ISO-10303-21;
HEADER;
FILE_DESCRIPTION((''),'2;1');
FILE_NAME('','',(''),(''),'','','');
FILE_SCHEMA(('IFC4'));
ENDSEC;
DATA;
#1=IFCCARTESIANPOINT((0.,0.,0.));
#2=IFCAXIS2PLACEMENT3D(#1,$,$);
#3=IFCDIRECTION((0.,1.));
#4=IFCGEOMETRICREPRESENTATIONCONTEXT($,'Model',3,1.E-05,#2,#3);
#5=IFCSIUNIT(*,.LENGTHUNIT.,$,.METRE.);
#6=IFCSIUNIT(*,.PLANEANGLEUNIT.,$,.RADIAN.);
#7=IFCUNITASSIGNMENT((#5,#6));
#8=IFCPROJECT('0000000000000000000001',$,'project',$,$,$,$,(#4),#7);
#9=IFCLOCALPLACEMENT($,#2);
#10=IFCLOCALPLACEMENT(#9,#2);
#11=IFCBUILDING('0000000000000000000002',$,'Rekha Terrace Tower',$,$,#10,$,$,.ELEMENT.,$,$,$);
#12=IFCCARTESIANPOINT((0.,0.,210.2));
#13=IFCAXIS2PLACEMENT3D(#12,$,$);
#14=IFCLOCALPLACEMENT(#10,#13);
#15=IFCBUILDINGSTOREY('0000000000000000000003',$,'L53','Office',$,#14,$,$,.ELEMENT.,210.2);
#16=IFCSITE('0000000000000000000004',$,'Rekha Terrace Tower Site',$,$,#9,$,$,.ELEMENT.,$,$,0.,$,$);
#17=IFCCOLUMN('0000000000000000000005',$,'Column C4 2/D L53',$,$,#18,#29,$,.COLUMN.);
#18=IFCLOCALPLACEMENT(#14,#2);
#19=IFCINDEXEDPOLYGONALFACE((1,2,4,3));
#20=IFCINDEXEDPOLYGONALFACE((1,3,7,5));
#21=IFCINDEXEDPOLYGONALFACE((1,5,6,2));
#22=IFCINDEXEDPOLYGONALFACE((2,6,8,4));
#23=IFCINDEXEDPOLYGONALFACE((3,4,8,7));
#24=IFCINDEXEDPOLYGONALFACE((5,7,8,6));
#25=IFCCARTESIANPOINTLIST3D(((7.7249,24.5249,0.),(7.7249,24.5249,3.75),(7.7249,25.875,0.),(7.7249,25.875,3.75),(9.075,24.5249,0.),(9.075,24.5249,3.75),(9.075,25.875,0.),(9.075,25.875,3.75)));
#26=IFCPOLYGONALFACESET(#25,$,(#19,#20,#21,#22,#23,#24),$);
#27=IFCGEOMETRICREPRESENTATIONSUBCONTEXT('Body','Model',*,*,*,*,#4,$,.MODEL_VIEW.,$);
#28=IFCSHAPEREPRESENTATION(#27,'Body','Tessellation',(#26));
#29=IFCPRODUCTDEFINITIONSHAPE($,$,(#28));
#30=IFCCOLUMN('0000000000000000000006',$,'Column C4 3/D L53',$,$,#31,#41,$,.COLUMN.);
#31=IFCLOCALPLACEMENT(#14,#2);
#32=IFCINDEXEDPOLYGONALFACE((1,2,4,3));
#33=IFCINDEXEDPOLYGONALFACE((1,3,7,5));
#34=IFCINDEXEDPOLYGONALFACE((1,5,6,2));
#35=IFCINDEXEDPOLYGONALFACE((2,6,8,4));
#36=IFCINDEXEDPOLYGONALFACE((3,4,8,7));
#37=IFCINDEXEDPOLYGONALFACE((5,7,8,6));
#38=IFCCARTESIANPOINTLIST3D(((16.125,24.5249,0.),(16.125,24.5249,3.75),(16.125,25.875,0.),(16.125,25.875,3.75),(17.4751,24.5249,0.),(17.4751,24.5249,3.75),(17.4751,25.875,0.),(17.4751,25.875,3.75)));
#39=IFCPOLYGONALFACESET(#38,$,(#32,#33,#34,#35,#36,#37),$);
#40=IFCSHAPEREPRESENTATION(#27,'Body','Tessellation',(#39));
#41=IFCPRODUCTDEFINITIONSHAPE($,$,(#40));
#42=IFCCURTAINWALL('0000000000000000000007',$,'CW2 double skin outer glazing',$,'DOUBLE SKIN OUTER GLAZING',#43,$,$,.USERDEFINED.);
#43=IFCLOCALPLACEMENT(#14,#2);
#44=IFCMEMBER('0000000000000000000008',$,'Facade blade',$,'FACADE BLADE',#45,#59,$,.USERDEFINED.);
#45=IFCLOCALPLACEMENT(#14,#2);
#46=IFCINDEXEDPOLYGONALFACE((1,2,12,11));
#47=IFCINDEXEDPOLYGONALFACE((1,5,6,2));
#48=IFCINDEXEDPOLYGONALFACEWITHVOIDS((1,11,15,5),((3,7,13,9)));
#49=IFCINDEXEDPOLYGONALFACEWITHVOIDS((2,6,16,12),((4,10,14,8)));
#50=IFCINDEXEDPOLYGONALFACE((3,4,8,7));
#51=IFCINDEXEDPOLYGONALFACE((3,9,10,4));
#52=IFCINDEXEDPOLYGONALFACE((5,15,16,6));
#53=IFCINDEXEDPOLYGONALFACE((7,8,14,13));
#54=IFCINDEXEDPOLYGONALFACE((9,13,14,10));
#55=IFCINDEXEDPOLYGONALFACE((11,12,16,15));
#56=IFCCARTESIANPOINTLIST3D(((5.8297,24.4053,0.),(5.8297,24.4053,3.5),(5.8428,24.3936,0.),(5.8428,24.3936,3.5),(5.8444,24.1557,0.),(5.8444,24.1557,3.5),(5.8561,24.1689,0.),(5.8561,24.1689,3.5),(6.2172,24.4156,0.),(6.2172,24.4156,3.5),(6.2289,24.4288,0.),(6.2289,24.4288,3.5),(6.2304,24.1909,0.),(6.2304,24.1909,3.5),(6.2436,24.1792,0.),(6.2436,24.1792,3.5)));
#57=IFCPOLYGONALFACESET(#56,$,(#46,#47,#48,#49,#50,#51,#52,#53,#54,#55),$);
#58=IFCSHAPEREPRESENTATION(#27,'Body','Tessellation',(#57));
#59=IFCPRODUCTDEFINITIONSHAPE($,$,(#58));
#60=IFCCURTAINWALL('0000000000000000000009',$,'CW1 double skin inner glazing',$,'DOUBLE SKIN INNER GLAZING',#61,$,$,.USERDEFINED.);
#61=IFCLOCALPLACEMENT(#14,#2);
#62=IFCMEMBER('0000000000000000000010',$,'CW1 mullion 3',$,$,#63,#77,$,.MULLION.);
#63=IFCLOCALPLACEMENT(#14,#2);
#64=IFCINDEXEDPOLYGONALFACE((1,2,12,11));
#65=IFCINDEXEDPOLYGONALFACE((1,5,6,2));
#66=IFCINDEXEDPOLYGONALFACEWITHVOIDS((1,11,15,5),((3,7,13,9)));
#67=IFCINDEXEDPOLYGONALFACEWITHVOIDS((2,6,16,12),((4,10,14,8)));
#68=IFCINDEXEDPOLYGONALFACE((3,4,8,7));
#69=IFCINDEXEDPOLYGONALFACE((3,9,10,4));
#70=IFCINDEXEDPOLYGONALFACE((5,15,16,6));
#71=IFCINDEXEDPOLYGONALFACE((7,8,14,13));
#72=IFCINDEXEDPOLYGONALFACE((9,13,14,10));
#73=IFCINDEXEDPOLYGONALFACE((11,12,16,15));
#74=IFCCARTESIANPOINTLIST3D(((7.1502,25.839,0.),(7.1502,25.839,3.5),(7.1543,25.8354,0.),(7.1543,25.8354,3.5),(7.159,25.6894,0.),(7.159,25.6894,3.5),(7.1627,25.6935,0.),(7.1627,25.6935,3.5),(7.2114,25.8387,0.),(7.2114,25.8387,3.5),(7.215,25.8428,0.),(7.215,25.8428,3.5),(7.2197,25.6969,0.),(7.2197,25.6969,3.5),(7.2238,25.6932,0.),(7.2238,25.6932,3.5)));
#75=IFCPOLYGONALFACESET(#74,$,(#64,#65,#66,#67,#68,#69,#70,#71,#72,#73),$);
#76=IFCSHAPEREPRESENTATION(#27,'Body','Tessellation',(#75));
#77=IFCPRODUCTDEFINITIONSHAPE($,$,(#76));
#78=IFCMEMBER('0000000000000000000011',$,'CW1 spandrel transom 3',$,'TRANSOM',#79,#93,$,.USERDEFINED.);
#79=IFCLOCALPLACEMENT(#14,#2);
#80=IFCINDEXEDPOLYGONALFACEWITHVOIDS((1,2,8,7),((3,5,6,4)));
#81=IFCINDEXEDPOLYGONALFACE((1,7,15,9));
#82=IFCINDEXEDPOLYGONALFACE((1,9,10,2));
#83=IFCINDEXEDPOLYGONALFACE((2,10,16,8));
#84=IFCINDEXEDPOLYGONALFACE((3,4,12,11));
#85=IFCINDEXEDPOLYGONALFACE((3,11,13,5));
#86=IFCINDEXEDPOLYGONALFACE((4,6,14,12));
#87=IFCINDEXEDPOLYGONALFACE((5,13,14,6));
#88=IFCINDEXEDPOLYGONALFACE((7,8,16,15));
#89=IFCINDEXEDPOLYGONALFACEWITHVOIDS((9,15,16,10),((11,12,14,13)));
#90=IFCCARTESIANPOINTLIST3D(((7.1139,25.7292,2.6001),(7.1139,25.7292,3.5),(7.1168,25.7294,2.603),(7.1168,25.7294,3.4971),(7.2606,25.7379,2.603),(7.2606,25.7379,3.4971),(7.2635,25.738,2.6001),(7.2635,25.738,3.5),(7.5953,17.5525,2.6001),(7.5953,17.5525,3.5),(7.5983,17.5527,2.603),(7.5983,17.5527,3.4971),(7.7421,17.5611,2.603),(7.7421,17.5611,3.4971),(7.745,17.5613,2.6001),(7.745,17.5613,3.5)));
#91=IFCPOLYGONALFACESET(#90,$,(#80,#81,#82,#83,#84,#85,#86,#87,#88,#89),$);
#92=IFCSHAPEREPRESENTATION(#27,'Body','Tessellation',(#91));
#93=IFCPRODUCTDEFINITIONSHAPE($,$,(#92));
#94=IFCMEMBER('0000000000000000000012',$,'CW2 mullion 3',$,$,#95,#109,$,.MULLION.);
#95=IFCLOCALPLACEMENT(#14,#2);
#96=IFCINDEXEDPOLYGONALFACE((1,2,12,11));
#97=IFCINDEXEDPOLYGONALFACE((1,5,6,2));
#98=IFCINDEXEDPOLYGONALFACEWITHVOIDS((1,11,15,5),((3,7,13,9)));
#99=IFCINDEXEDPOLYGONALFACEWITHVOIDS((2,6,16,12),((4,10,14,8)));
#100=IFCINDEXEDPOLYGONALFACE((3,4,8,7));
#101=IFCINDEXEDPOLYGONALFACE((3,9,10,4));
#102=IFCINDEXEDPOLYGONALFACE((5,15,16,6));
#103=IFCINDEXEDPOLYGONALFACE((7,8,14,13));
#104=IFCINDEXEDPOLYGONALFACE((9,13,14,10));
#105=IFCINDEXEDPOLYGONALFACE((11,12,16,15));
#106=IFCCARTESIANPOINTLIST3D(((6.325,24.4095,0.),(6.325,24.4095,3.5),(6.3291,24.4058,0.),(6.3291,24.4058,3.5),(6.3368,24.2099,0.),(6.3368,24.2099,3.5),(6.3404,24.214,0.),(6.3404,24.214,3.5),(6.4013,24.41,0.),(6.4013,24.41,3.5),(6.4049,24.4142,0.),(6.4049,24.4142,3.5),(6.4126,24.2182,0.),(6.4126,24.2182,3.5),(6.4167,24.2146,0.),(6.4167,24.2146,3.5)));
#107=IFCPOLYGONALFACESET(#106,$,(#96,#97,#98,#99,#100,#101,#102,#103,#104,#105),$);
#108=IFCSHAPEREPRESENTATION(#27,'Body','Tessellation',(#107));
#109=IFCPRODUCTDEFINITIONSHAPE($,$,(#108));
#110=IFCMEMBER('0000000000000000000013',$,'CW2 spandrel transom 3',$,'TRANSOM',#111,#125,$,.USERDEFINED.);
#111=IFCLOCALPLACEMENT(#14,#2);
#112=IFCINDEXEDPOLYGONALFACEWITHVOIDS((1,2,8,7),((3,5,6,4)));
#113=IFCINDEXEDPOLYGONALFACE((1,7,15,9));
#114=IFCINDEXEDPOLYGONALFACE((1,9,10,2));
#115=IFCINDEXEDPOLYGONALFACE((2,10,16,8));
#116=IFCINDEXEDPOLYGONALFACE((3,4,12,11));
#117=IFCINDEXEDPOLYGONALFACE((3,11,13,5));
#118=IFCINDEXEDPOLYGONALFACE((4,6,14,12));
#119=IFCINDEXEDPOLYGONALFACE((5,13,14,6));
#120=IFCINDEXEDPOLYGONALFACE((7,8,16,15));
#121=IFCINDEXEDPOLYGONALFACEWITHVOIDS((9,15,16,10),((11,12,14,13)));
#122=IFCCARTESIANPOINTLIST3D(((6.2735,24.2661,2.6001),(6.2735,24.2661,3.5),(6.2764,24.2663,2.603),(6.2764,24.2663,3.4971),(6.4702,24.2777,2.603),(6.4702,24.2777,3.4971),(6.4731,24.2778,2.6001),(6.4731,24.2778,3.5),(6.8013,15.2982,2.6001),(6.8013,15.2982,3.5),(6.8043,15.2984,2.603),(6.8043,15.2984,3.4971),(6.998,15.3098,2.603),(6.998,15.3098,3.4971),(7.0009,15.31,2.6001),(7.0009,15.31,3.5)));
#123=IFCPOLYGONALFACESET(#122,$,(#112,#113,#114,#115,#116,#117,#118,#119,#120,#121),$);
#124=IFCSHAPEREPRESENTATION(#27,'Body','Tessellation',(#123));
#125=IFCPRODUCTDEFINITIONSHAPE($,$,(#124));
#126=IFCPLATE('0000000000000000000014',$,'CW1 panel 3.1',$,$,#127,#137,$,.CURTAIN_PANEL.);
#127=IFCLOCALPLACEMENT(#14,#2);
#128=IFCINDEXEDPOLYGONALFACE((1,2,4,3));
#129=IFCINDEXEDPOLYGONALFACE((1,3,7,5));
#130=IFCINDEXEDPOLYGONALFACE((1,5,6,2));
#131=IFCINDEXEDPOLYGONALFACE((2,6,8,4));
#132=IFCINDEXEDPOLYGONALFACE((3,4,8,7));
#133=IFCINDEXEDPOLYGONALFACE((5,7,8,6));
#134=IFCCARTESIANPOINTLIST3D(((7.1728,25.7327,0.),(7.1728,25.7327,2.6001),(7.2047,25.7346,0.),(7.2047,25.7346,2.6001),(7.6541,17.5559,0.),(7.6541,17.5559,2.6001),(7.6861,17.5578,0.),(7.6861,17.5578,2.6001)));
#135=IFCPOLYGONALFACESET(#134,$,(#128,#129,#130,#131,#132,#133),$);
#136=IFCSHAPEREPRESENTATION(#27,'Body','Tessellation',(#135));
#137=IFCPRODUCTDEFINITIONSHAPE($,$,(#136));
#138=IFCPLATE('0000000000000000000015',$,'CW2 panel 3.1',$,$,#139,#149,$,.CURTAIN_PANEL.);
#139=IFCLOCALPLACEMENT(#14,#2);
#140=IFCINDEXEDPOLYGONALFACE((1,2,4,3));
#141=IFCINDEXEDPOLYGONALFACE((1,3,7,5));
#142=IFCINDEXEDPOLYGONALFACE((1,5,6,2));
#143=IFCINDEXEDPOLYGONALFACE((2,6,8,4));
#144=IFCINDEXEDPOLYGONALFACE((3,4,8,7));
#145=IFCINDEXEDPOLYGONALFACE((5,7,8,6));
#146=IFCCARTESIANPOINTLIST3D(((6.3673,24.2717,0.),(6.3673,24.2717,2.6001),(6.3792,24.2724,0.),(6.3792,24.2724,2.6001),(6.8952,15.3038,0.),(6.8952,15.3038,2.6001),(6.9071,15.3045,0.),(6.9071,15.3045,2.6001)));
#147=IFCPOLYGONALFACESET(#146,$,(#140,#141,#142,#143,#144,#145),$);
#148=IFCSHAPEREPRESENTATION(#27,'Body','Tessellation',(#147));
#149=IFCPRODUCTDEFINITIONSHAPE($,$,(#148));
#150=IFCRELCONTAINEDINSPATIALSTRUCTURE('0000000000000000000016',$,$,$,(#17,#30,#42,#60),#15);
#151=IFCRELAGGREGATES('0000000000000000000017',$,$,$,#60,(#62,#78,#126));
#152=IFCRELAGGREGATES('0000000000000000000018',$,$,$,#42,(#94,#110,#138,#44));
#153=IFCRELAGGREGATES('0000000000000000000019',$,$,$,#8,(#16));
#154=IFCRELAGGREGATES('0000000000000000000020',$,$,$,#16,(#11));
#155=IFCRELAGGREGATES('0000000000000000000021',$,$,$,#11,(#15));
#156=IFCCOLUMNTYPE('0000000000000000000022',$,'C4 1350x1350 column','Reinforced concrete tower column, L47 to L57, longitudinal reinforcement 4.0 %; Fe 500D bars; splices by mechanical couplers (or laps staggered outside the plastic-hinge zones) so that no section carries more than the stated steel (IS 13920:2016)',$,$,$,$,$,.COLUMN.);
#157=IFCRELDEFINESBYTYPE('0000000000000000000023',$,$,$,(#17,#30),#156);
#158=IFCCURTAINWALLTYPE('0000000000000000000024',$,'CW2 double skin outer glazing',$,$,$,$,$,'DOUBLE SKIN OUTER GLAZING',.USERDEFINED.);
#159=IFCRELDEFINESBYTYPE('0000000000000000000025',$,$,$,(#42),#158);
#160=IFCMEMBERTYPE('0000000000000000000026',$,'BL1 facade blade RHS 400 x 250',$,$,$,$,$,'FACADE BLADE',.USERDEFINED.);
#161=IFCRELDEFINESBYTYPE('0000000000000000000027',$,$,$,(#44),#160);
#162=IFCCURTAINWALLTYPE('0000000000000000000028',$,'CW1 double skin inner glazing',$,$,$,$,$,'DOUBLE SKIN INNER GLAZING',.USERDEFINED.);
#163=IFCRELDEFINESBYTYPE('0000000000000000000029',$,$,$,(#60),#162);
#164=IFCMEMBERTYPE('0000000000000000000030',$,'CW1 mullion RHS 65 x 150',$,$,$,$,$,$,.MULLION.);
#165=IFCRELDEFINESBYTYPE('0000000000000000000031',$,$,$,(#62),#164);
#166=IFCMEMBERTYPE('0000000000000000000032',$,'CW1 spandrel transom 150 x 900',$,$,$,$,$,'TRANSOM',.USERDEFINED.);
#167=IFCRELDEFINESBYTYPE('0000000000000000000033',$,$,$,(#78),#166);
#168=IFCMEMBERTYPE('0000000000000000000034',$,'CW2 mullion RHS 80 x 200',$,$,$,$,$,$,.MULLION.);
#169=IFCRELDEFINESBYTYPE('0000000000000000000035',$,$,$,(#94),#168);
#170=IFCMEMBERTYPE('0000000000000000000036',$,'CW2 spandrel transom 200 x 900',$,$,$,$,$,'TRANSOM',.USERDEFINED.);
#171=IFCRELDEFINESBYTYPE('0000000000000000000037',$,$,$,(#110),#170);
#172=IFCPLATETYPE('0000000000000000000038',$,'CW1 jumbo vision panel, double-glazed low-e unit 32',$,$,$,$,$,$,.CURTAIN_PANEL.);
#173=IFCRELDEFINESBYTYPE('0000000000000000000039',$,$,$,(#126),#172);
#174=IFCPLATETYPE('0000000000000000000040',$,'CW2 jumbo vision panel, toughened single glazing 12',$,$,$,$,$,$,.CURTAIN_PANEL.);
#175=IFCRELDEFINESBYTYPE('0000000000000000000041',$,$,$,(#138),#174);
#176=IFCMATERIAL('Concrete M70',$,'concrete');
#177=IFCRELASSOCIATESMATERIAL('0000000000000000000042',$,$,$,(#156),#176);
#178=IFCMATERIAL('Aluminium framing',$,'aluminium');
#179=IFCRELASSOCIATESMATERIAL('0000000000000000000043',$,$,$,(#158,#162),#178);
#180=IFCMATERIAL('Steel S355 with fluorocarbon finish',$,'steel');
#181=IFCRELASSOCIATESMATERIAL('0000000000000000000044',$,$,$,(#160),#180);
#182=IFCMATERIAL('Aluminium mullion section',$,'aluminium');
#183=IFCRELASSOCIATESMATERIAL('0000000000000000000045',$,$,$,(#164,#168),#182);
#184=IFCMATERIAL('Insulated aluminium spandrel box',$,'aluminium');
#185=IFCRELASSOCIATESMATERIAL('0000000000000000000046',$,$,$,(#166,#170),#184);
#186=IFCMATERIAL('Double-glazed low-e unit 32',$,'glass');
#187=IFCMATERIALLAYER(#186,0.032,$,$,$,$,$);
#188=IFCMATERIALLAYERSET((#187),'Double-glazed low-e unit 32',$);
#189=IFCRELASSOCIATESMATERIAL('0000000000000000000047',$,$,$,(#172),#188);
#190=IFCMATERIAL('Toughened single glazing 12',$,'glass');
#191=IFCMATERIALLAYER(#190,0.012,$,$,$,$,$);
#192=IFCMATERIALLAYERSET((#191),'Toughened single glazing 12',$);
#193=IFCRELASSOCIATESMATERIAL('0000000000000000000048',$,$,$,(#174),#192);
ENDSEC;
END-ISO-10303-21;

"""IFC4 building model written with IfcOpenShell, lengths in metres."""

from ifc_helpers import new_model, si_unit, direction, frame, origin, origin_2d, place, context, subcontext, project, spatial, rectangle, hollow_rectangle, extrude, material, layer, layer_set, material_profile, profile_set, type_object, element, aggregate, save


model = new_model("IFC4")

# Units and contexts
model_context = context("Model", 3, precision=1e-05, world=origin(), true_north=direction((0.0, 1.0)))
body_context = subcontext(model_context, "Body", "Model", "MODEL_VIEW")
ifc_project = project(units=[si_unit("LENGTHUNIT", "METRE"), si_unit("PLANEANGLEUNIT", "RADIAN")], contexts=[model_context])

# Site, building, storey
site_placement = place(None, origin())
site = spatial("IfcSite", under=ifc_project, at=site_placement, Name="Rekha Terrace Tower Site", CompositionType="ELEMENT", RefElevation=0.0)
building_placement = place(site_placement, origin())
building = spatial("IfcBuilding", under=site, at=building_placement, Name="Rekha Terrace Tower", CompositionType="ELEMENT")
storey_placement = place(building_placement, frame((0.0, 0.0, 210.2)))
storey = spatial("IfcBuildingStorey", under=building, at=storey_placement, Name="L53", Description="Office", CompositionType="ELEMENT", Elevation=210.2)

# Columns
ifc_material_1 = material(Name="Concrete M70", Category="concrete")
ifc_material_profile_1 = material_profile(ifc_material_1, rectangle(XDim=1.3501, YDim=1.3501, at=origin_2d()), Name="RC 1350x1350")
ifc_profile_set_1 = profile_set([ifc_material_profile_1], Name="Concrete M70")
column_type = type_object("IfcColumnType", Name="C4 1350x1350 column", Description="Reinforced concrete tower column, L47 to L57, longitudinal reinforcement 4.0 %; Fe 500D bars; splices by mechanical couplers (or laps staggered outside the plastic-hinge zones) so that no section carries more than the stated steel (IS 13920:2016)", PredefinedType="COLUMN", material=ifc_profile_set_1)
for number, where, z_axis, x_axis, name in (
    (1, (8.3999, 25.2, 0.0), (0.0, 0.0, 1.0), (1.0, 0.0, 0.0), "Column C4 2/D L53"),
    (2, (16.8, 25.2, 0.0), (0.0, 0.0, 1.0), (1.0, 0.0, 0.0), "Column C4 3/D L53"),
):
    element("IfcColumn", number, at=place(storey_placement, frame(where, z_axis=z_axis, x_axis=x_axis)), inside=storey, type_object=column_type, Name=name, PredefinedType="COLUMN", context=body_context, shape_type="SweptSolid", body=[
        extrude(rectangle(XDim=1.3501, YDim=1.3501, at=origin_2d()), origin(), (0.0, 0.0, 1.0), 3.75),
    ])

# Curtain wall, member
ifc_material_2 = material(Name="Aluminium framing", Category="aluminium")
curtain_wall_type_1 = type_object("IfcCurtainWallType", Name="CW2 double skin outer glazing", ElementType="DOUBLE SKIN OUTER GLAZING", PredefinedType="USERDEFINED", material=ifc_material_2)
curtain_wall_1_placement = place(storey_placement, origin())
curtain_wall_1 = element("IfcCurtainWall", 3, at=curtain_wall_1_placement, inside=storey, type_object=curtain_wall_type_1, Name="CW2 double skin outer glazing", ObjectType="DOUBLE SKIN OUTER GLAZING", PredefinedType="USERDEFINED")
ifc_material_3 = material(Name="Steel S355 with fluorocarbon finish", Category="steel")
ifc_material_profile_2 = material_profile(ifc_material_3, hollow_rectangle(XDim=0.25, YDim=0.3999, WallThickness=0.0125, at=origin_2d()), Name="RHS400x250x12.5")
ifc_profile_set_2 = profile_set([ifc_material_profile_2], Name="Steel S355 with fluorocarbon finish")
member_type_1 = type_object("IfcMemberType", Name="BL1 facade blade RHS 400 x 250", ElementType="FACADE BLADE", PredefinedType="USERDEFINED", material=ifc_profile_set_2)
member_1_placement = place(storey_placement, frame((6.0366, 24.2922, 0.0), z_axis=(0.0, 0.0, 1.0), x_axis=(0.058765, -0.998272, 0.0)))
member_1 = element("IfcMember", 4, at=member_1_placement, type_object=member_type_1, Name="Facade blade", ObjectType="FACADE BLADE", PredefinedType="USERDEFINED", context=body_context, shape_type="SweptSolid", body=[
    extrude(hollow_rectangle(XDim=0.25, YDim=0.3999, WallThickness=0.0125, at=origin_2d()), origin(), (0.0, 0.0, 1.0), 3.5),
])

# Curtain wall, members
curtain_wall_type_2 = type_object("IfcCurtainWallType", Name="CW1 double skin inner glazing", ElementType="DOUBLE SKIN INNER GLAZING", PredefinedType="USERDEFINED", material=ifc_material_2)
curtain_wall_2_placement = place(storey_placement, origin())
curtain_wall_2 = element("IfcCurtainWall", 5, at=curtain_wall_2_placement, inside=storey, type_object=curtain_wall_type_2, Name="CW1 double skin inner glazing", ObjectType="DOUBLE SKIN INNER GLAZING", PredefinedType="USERDEFINED")
ifc_material_4 = material(Name="Aluminium mullion section", Category="aluminium")
ifc_material_profile_3 = material_profile(ifc_material_4, hollow_rectangle(XDim=0.0649, YDim=0.1499, WallThickness=0.0039, at=origin_2d()), Name="AL RHS 65x150")
ifc_profile_set_3 = profile_set([ifc_material_profile_3], Name="Aluminium mullion section")
member_type_2 = type_object("IfcMemberType", Name="CW1 mullion RHS 65 x 150", PredefinedType="MULLION", material=ifc_profile_set_3)
member_2_placement = place(storey_placement, frame((7.187, 25.7661, 0.0), z_axis=(0.0, 0.0, 1.0), x_axis=(0.998272, 0.058765, 0.0)))
member_2 = element("IfcMember", 6, at=member_2_placement, type_object=member_type_2, Name="CW1 mullion 3", PredefinedType="MULLION", context=body_context, shape_type="SweptSolid", body=[
    extrude(hollow_rectangle(XDim=0.0649, YDim=0.1499, WallThickness=0.0039, at=origin_2d()), origin(), (0.0, 0.0, 1.0), 3.5),
])
ifc_material_5 = material(Name="Insulated aluminium spandrel box", Category="aluminium")
ifc_material_profile_4 = material_profile(ifc_material_5, hollow_rectangle(XDim=0.1499, YDim=0.8999, WallThickness=0.0029, at=origin_2d()), Name="AL SPANDREL BOX 150x900")
ifc_profile_set_4 = profile_set([ifc_material_profile_4], Name="Insulated aluminium spandrel box")
member_type_3 = type_object("IfcMemberType", Name="CW1 spandrel transom 150 x 900", ElementType="TRANSOM", PredefinedType="USERDEFINED", material=ifc_profile_set_4)
member_3_placement = place(storey_placement, frame((7.1887, 25.7336, 3.05), z_axis=(0.058778, -0.998271, 0.0), x_axis=(0.998271, 0.058778, 0.0)))
member_3 = element("IfcMember", 7, at=member_3_placement, type_object=member_type_3, Name="CW1 spandrel transom 3", ObjectType="TRANSOM", PredefinedType="USERDEFINED", context=body_context, shape_type="SweptSolid", body=[
    extrude(hollow_rectangle(XDim=0.1499, YDim=0.8999, WallThickness=0.0029, at=origin_2d()), origin(), (0.0, 0.0, 1.0), 8.1909),
])

# Members
ifc_material_profile_5 = material_profile(ifc_material_4, hollow_rectangle(XDim=0.0801, YDim=0.2, WallThickness=0.0039, at=origin_2d()), Name="AL RHS 80x200")
ifc_profile_set_5 = profile_set([ifc_material_profile_5], Name="Aluminium mullion section")
member_type_4 = type_object("IfcMemberType", Name="CW2 mullion RHS 80 x 200", PredefinedType="MULLION", material=ifc_profile_set_5)
member_4_placement = place(storey_placement, frame((6.3708, 24.312, 0.0), z_axis=(0.0, 0.0, 1.0), x_axis=(0.998272, 0.058765, 0.0)))
member_4 = element("IfcMember", 8, at=member_4_placement, type_object=member_type_4, Name="CW2 mullion 3", PredefinedType="MULLION", context=body_context, shape_type="SweptSolid", body=[
    extrude(hollow_rectangle(XDim=0.0801, YDim=0.2, WallThickness=0.0039, at=origin_2d()), origin(), (0.0, 0.0, 1.0), 3.5),
])
ifc_material_profile_6 = material_profile(ifc_material_5, hollow_rectangle(XDim=0.2, YDim=0.8999, WallThickness=0.0029, at=origin_2d()), Name="AL SPANDREL BOX 200x900")
ifc_profile_set_6 = profile_set([ifc_material_profile_6], Name="Insulated aluminium spandrel box")
member_type_5 = type_object("IfcMemberType", Name="CW2 spandrel transom 200 x 900", ElementType="TRANSOM", PredefinedType="USERDEFINED", material=ifc_profile_set_6)
member_5_placement = place(storey_placement, frame((6.3733, 24.272, 3.05), z_axis=(0.058757, -0.998272, 0.0), x_axis=(0.998272, 0.058757, 0.0)))
member_5 = element("IfcMember", 9, at=member_5_placement, type_object=member_type_5, Name="CW2 spandrel transom 3", ObjectType="TRANSOM", PredefinedType="USERDEFINED", context=body_context, shape_type="SweptSolid", body=[
    extrude(hollow_rectangle(XDim=0.2, YDim=0.8999, WallThickness=0.0029, at=origin_2d()), origin(), (0.0, 0.0, 1.0), 8.9834),
])

# Plates
ifc_material_6 = material(Name="Double-glazed low-e unit 32", Category="glass")
ifc_layer_1 = layer(ifc_material_6, 0.032)
ifc_layer_set_1 = layer_set([ifc_layer_1], Name="Double-glazed low-e unit 32")
plate_type_1 = type_object("IfcPlateType", Name="CW1 jumbo vision panel, double-glazed low-e unit 32", PredefinedType="CURTAIN_PANEL", material=ifc_layer_set_1)
plate_1_placement = place(storey_placement, frame((7.4294, 21.6453, 0.0), z_axis=(0.0, 0.0, 1.0), x_axis=(0.058765, -0.998272, 0.0)))
plate_1 = element("IfcPlate", 10, at=plate_1_placement, type_object=plate_type_1, Name="CW1 panel 3.1", PredefinedType="CURTAIN_PANEL", context=body_context, shape_type="SweptSolid", body=[
    extrude(rectangle(XDim=8.1909, YDim=0.032, at=origin_2d()), origin(), (0.0, 0.0, 1.0), 2.6001),
])
aggregate(curtain_wall_2, [member_2, member_3, plate_1])
ifc_material_7 = material(Name="Toughened single glazing 12", Category="glass")
ifc_layer_2 = layer(ifc_material_7, 0.012)
ifc_layer_set_2 = layer_set([ifc_layer_2], Name="Toughened single glazing 12")
plate_type_2 = type_object("IfcPlateType", Name="CW2 jumbo vision panel, toughened single glazing 12", PredefinedType="CURTAIN_PANEL", material=ifc_layer_set_2)
plate_2_placement = place(storey_placement, frame((6.6372, 19.7881, 0.0), z_axis=(0.0, 0.0, 1.0), x_axis=(0.058765, -0.998272, 0.0)))
plate_2 = element("IfcPlate", 11, at=plate_2_placement, type_object=plate_type_2, Name="CW2 panel 3.1", PredefinedType="CURTAIN_PANEL", context=body_context, shape_type="SweptSolid", body=[
    extrude(rectangle(XDim=8.9834, YDim=0.012, at=origin_2d()), origin(), (0.0, 0.0, 1.0), 2.6001),
])
aggregate(curtain_wall_1, [member_4, member_5, plate_2, member_1])

save(model, "model.ifc")
